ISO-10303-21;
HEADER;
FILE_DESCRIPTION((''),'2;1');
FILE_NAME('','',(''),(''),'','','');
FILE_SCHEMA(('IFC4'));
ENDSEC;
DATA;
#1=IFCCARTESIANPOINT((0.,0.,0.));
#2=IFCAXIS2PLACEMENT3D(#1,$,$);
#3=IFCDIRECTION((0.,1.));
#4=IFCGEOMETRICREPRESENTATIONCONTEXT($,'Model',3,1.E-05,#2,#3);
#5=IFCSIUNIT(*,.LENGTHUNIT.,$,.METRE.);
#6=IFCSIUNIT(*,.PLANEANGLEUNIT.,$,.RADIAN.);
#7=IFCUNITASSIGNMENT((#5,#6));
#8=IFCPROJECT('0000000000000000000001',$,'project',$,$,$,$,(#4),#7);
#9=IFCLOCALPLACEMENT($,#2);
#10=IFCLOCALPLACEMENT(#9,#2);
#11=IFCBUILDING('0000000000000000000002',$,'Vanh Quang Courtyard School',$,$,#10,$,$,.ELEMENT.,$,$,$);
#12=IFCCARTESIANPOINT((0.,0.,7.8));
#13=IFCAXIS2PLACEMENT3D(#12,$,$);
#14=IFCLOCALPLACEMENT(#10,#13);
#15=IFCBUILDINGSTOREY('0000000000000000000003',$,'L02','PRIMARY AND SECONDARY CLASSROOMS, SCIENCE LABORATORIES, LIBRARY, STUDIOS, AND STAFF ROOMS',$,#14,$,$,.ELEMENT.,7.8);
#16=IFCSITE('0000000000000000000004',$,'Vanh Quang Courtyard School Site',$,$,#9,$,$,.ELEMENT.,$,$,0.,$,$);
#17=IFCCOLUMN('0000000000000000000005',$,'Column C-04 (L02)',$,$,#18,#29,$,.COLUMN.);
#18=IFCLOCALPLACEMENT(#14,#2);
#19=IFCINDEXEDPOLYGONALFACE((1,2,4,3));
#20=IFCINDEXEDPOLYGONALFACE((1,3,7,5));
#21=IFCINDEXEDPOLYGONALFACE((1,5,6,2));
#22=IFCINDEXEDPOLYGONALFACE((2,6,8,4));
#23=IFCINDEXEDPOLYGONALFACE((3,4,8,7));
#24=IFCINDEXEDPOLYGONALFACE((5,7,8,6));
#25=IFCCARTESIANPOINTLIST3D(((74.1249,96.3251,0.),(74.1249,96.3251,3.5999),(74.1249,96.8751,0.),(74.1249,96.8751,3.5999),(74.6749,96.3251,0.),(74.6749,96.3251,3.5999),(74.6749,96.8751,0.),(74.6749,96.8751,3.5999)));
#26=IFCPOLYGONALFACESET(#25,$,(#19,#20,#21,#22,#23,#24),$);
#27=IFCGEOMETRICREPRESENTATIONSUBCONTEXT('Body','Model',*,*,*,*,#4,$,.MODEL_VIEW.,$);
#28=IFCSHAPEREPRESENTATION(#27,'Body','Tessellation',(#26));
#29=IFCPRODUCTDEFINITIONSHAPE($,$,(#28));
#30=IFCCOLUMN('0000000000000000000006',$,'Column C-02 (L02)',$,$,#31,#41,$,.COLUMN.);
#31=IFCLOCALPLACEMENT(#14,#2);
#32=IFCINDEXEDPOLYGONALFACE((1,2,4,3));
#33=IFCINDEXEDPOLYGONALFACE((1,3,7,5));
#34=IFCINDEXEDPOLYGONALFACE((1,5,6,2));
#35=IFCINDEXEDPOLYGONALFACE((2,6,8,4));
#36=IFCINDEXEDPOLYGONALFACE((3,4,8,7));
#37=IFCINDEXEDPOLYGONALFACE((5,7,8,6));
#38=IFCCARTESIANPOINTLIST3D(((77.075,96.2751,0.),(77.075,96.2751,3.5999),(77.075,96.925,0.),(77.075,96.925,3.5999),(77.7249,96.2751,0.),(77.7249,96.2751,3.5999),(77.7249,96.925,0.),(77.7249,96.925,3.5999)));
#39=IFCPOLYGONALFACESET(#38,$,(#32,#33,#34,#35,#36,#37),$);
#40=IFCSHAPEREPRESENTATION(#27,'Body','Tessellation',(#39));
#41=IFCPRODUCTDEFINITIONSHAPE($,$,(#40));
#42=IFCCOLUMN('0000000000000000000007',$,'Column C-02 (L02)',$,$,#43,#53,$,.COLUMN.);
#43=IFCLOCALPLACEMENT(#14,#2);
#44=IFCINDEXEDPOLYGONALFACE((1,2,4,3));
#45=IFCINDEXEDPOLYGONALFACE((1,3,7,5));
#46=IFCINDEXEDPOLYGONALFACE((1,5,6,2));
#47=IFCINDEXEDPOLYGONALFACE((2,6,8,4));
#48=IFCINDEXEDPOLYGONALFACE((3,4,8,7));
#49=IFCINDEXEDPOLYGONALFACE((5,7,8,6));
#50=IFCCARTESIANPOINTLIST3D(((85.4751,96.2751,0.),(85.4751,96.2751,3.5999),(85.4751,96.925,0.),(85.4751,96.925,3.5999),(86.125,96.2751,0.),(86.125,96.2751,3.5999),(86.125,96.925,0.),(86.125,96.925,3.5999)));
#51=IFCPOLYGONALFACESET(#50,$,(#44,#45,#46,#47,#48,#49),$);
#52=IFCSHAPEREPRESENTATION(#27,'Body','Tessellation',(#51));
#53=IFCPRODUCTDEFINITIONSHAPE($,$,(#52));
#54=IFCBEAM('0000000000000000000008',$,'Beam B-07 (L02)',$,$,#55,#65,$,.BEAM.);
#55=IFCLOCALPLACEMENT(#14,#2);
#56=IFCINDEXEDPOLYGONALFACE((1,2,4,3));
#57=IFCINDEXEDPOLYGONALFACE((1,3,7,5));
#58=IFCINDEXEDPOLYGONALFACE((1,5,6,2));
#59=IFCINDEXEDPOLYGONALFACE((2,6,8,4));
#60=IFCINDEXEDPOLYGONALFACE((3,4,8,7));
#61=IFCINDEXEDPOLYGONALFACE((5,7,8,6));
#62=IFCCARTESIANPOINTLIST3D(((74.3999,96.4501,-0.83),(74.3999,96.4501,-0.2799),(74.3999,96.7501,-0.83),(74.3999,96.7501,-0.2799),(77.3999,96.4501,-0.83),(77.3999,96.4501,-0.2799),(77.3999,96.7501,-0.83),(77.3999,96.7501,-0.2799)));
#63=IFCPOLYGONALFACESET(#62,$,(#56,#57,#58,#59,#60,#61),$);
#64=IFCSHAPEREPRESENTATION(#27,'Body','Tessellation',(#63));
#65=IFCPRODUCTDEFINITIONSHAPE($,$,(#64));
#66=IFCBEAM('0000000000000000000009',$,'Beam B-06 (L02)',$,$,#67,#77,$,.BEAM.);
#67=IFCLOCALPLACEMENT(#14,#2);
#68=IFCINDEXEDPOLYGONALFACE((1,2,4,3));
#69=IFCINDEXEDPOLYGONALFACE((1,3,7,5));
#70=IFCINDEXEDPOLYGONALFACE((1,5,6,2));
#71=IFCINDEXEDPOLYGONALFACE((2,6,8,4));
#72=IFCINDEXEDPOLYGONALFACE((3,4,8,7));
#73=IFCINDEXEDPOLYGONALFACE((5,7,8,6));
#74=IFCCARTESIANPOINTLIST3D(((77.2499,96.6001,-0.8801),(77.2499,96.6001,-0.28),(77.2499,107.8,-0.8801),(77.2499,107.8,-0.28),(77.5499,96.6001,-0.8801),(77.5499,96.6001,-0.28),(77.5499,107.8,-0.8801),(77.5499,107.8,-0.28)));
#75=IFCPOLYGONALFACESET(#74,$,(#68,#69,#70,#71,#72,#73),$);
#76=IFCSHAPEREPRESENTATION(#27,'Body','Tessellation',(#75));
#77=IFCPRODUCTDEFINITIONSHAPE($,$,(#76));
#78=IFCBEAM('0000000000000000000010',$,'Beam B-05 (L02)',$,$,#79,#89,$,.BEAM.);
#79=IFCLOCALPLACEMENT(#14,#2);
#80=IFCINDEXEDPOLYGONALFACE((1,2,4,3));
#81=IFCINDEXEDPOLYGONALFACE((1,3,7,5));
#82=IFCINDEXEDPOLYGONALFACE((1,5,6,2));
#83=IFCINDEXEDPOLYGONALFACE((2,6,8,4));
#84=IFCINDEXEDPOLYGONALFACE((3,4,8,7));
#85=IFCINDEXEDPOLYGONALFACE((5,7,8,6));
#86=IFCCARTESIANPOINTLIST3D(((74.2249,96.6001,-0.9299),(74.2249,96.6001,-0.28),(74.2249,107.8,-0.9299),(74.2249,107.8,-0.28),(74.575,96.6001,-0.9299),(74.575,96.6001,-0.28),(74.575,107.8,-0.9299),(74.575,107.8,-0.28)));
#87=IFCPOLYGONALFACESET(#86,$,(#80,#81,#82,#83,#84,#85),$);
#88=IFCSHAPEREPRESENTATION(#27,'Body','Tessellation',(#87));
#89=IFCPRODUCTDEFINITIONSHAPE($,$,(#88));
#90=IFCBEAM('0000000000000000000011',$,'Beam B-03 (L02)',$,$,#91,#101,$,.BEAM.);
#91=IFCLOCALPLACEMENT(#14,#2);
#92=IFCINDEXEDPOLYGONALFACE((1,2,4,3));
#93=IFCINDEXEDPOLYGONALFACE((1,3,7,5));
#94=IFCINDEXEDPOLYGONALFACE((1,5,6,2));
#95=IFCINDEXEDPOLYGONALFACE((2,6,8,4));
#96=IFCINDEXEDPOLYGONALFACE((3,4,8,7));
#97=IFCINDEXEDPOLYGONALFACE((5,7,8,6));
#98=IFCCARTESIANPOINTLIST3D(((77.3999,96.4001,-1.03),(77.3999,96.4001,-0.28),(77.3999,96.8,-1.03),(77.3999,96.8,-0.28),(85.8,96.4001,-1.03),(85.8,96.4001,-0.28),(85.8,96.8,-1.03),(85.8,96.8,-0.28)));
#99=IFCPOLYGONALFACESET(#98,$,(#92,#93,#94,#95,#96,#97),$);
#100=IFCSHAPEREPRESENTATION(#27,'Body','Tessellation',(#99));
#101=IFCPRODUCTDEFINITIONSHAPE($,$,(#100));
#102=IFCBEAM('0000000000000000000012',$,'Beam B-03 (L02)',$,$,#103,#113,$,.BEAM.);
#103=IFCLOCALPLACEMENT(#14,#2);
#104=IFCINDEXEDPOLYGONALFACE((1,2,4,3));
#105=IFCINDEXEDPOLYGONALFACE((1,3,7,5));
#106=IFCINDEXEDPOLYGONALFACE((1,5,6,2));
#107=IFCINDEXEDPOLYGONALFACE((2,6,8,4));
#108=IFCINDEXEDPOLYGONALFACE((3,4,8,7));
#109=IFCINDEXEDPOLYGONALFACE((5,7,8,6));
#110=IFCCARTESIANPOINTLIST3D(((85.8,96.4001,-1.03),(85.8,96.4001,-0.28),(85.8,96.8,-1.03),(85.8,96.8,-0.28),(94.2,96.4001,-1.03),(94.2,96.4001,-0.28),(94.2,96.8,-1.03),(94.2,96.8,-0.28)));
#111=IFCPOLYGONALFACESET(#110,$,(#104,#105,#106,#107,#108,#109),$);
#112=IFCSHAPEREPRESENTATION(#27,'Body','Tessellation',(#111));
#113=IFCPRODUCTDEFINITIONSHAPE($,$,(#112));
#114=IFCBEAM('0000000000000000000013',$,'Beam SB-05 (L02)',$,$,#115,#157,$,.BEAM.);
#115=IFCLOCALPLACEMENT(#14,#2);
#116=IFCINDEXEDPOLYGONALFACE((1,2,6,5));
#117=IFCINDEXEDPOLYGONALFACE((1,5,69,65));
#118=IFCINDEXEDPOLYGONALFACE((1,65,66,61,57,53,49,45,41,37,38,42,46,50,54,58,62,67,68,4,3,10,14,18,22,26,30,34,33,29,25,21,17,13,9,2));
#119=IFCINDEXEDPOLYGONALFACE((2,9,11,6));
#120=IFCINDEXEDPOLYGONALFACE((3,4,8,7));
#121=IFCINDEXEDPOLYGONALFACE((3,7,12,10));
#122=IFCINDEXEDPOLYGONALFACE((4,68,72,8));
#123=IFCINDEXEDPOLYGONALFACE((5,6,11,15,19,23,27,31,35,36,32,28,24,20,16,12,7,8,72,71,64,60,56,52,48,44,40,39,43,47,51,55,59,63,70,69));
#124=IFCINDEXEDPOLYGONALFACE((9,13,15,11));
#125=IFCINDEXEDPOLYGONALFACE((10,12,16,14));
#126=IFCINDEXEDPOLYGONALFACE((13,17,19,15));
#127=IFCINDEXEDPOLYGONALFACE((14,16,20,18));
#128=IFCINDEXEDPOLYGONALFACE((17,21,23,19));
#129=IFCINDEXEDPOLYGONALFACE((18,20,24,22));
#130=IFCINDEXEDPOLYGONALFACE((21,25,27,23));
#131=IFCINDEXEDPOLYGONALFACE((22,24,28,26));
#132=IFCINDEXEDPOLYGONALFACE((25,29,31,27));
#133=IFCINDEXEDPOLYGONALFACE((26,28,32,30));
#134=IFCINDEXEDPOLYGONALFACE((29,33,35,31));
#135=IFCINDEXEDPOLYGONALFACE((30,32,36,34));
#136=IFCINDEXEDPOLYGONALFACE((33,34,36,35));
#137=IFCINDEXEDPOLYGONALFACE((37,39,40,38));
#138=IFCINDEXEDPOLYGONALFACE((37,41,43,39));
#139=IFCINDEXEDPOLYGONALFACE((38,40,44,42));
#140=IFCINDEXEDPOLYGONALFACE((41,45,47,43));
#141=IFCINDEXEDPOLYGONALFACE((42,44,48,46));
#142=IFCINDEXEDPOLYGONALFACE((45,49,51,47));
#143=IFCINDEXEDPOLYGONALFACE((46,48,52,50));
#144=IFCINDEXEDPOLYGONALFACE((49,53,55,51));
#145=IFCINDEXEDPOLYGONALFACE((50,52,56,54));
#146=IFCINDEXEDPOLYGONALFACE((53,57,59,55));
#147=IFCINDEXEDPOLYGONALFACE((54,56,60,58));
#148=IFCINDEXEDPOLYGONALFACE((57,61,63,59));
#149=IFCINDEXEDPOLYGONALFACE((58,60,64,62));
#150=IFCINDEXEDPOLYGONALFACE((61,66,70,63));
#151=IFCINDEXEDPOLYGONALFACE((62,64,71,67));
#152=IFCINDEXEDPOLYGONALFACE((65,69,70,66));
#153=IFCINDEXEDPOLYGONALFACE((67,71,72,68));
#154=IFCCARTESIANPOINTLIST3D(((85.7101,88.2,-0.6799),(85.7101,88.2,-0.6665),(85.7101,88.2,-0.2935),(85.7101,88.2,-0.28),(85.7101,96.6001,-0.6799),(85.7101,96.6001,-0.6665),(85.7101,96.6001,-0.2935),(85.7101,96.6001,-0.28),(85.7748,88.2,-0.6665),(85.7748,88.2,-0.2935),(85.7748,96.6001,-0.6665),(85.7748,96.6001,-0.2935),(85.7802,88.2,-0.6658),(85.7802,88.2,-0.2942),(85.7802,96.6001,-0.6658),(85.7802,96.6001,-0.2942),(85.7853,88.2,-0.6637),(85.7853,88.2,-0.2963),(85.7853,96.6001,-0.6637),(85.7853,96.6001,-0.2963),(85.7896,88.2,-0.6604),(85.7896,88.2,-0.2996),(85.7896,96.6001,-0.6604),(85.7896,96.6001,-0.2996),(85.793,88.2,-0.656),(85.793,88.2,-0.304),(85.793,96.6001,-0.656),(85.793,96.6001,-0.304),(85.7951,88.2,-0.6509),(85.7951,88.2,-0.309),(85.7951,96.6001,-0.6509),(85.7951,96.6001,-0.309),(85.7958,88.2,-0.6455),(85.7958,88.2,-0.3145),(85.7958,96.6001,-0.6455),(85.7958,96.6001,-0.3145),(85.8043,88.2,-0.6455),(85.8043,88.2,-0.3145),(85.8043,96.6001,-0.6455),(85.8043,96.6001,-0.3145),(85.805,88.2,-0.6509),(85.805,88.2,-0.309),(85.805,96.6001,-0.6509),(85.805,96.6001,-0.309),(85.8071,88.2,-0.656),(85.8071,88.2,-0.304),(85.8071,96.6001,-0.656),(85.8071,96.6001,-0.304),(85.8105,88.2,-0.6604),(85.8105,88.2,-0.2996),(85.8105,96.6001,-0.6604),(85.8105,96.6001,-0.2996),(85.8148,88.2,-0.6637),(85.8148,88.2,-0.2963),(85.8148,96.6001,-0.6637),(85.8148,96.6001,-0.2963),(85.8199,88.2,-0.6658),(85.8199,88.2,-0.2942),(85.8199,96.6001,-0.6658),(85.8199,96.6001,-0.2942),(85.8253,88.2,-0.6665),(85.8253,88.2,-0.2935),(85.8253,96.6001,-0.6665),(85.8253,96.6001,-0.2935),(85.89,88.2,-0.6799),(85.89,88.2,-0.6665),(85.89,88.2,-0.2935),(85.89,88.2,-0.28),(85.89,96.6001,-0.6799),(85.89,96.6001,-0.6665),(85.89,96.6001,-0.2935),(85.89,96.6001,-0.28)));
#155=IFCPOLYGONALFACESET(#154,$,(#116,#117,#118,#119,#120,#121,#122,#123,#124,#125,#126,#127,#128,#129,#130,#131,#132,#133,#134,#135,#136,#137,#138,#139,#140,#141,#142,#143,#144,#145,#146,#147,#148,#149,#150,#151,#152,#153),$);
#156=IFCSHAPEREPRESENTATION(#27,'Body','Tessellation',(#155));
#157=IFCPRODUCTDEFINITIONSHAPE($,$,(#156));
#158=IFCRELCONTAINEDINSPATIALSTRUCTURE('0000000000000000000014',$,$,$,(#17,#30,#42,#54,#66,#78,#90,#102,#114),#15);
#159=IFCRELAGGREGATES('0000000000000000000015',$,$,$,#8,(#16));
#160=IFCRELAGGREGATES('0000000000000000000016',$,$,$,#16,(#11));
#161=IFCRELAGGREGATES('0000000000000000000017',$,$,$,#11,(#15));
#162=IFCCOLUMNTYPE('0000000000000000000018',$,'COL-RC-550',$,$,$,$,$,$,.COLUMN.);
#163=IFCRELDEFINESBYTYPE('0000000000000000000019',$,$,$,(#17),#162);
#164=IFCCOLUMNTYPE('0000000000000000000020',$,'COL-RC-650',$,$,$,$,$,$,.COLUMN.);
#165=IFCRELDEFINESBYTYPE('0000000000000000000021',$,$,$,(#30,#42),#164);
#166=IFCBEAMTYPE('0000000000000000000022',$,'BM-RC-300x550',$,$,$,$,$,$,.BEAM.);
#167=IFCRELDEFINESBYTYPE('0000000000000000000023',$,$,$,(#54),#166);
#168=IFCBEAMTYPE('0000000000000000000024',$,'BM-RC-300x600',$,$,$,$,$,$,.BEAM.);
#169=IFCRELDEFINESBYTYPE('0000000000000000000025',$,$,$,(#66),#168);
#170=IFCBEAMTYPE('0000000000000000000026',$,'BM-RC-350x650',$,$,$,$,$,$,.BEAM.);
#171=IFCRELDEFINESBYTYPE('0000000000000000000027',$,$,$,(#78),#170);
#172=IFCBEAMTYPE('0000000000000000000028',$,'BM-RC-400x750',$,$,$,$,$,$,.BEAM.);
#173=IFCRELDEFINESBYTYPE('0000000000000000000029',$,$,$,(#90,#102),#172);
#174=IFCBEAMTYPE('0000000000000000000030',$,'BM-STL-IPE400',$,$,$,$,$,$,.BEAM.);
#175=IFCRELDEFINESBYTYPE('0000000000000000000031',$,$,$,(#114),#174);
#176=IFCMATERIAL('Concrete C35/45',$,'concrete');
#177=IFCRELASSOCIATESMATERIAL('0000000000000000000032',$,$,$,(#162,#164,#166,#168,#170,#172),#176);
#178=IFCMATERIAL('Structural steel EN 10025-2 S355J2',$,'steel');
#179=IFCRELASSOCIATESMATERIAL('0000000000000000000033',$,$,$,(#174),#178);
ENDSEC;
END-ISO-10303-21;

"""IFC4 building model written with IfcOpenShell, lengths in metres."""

from ifc_helpers import new_model, si_unit, direction, frame, origin, origin_2d, place, context, subcontext, project, spatial, rectangle, i_section, extrude, material, material_profile, profile_set, type_object, element, save


model = new_model("IFC4")

# Units and contexts
model_context = context("Model", 3, precision=1e-05, world=origin(), true_north=direction((0.0, 1.0)))
body_context = subcontext(model_context, "Body", "Model", "MODEL_VIEW")
ifc_project = project(units=[si_unit("LENGTHUNIT", "METRE"), si_unit("PLANEANGLEUNIT", "RADIAN")], contexts=[model_context])

# Site, building, storey
site_placement = place(None, origin())
site = spatial("IfcSite", under=ifc_project, at=site_placement, Name="Vanh Quang Courtyard School Site", CompositionType="ELEMENT", RefElevation=0.0)
building_placement = place(site_placement, origin())
building = spatial("IfcBuilding", under=site, at=building_placement, Name="Vanh Quang Courtyard School", CompositionType="ELEMENT")
storey_placement = place(building_placement, frame((0.0, 0.0, 7.8)))
storey = spatial("IfcBuildingStorey", under=building, at=storey_placement, Name="L02", Description="PRIMARY AND SECONDARY CLASSROOMS, SCIENCE LABORATORIES, LIBRARY, STUDIOS, AND STAFF ROOMS", CompositionType="ELEMENT", Elevation=7.8)

# Columns
ifc_material_1 = material(Name="Concrete C35/45", Category="concrete")
ifc_material_profile_1 = material_profile(ifc_material_1, rectangle(XDim=0.55, YDim=0.55, at=origin_2d()), Name="RC-COL 550x550")
ifc_profile_set_1 = profile_set([ifc_material_profile_1], Name="Concrete C35/45")
column_type_1 = type_object("IfcColumnType", Name="COL-RC-550", PredefinedType="COLUMN", material=ifc_profile_set_1)
column_placement = place(storey_placement, frame((74.3999, 96.6001, 0.0), z_axis=(0.0, 0.0, 1.0), x_axis=(1.0, 0.0, 0.0)))
element("IfcColumn", 1, at=column_placement, inside=storey, type_object=column_type_1, Name="Column C-04 (L02)", PredefinedType="COLUMN", context=body_context, shape_type="SweptSolid", body=[
    extrude(rectangle(XDim=0.55, YDim=0.55, at=origin_2d()), origin(), (0.0, 0.0, 1.0), 3.5999),
])
ifc_material_profile_2 = material_profile(ifc_material_1, rectangle(XDim=0.6499, YDim=0.6499, at=origin_2d()), Name="RC-COL 650x650")
ifc_profile_set_2 = profile_set([ifc_material_profile_2], Name="Concrete C35/45")
column_type_2 = type_object("IfcColumnType", Name="COL-RC-650", PredefinedType="COLUMN", material=ifc_profile_set_2)
for number, where, z_axis, x_axis, name in (
    (2, (77.3999, 96.6001, 0.0), (0.0, 0.0, 1.0), (1.0, 0.0, 0.0), "Column C-02 (L02)"),
    (3, (85.8, 96.6001, 0.0), (0.0, 0.0, 1.0), (1.0, 0.0, 0.0), "Column C-02 (L02)"),
):
    element("IfcColumn", number, at=place(storey_placement, frame(where, z_axis=z_axis, x_axis=x_axis)), inside=storey, type_object=column_type_2, Name=name, PredefinedType="COLUMN", context=body_context, shape_type="SweptSolid", body=[
        extrude(rectangle(XDim=0.6499, YDim=0.6499, at=origin_2d()), origin(), (0.0, 0.0, 1.0), 3.5999),
    ])

# Beams
ifc_material_profile_3 = material_profile(ifc_material_1, rectangle(XDim=0.3, YDim=0.55, at=origin_2d()), Name="RC-BM 300x550")
ifc_profile_set_3 = profile_set([ifc_material_profile_3], Name="Concrete C35/45")
beam_type_1 = type_object("IfcBeamType", Name="BM-RC-300x550", PredefinedType="BEAM", material=ifc_profile_set_3)
beam_1_placement = place(storey_placement, frame((74.3999, 96.6001, -0.5549), z_axis=(1.0, 0.0, 0.0), x_axis=(0.0, 1.0, 0.0)))
element("IfcBeam", 4, at=beam_1_placement, inside=storey, type_object=beam_type_1, Name="Beam B-07 (L02)", PredefinedType="BEAM", context=body_context, shape_type="SweptSolid", body=[
    extrude(rectangle(XDim=0.3, YDim=0.55, at=origin_2d()), origin(), (0.0, 0.0, 1.0), 3.0),
])
ifc_material_profile_4 = material_profile(ifc_material_1, rectangle(XDim=0.3, YDim=0.6001, at=origin_2d()), Name="RC-BM 300x600")
ifc_profile_set_4 = profile_set([ifc_material_profile_4], Name="Concrete C35/45")
beam_type_2 = type_object("IfcBeamType", Name="BM-RC-300x600", PredefinedType="BEAM", material=ifc_profile_set_4)
beam_2_placement = place(storey_placement, frame((77.3999, 96.6001, -0.5801), z_axis=(0.0, 1.0, 0.0), x_axis=(-1.0, 0.0, 0.0)))
element("IfcBeam", 5, at=beam_2_placement, inside=storey, type_object=beam_type_2, Name="Beam B-06 (L02)", PredefinedType="BEAM", context=body_context, shape_type="SweptSolid", body=[
    extrude(rectangle(XDim=0.3, YDim=0.6001, at=origin_2d()), origin(), (0.0, 0.0, 1.0), 11.2),
])
ifc_material_profile_5 = material_profile(ifc_material_1, rectangle(XDim=0.3501, YDim=0.6499, at=origin_2d()), Name="RC-BM 350x650")
ifc_profile_set_5 = profile_set([ifc_material_profile_5], Name="Concrete C35/45")
beam_type_3 = type_object("IfcBeamType", Name="BM-RC-350x650", PredefinedType="BEAM", material=ifc_profile_set_5)
beam_3_placement = place(storey_placement, frame((74.3999, 96.6001, -0.605), z_axis=(0.0, 1.0, 0.0), x_axis=(-1.0, 0.0, 0.0)))
element("IfcBeam", 6, at=beam_3_placement, inside=storey, type_object=beam_type_3, Name="Beam B-05 (L02)", PredefinedType="BEAM", context=body_context, shape_type="SweptSolid", body=[
    extrude(rectangle(XDim=0.3501, YDim=0.6499, at=origin_2d()), origin(), (0.0, 0.0, 1.0), 11.2),
])
ifc_material_profile_6 = material_profile(ifc_material_1, rectangle(XDim=0.3999, YDim=0.75, at=origin_2d()), Name="RC-BM 400x750")
ifc_profile_set_6 = profile_set([ifc_material_profile_6], Name="Concrete C35/45")
beam_type_4 = type_object("IfcBeamType", Name="BM-RC-400x750", PredefinedType="BEAM", material=ifc_profile_set_6)
beam_4_placement = place(storey_placement, frame((77.3999, 96.6001, -0.655), z_axis=(1.0, 0.0, 0.0), x_axis=(0.0, 1.0, 0.0)))
element("IfcBeam", 7, at=beam_4_placement, inside=storey, type_object=beam_type_4, Name="Beam B-03 (L02)", PredefinedType="BEAM", context=body_context, shape_type="SweptSolid", body=[
    extrude(rectangle(XDim=0.3999, YDim=0.75, at=origin_2d()), origin(), (0.0, 0.0, 1.0), 8.4001),
])
beam_5_placement = place(storey_placement, frame((85.8, 96.6001, -0.655), z_axis=(1.0, 0.0, 0.0), x_axis=(0.0, 1.0, 0.0)))
element("IfcBeam", 8, at=beam_5_placement, inside=storey, type_object=beam_type_4, Name="Beam B-03 (L02)", PredefinedType="BEAM", context=body_context, shape_type="SweptSolid", body=[
    extrude(rectangle(XDim=0.3999, YDim=0.75, at=origin_2d()), origin(), (0.0, 0.0, 1.0), 8.3999),
])
ifc_material_2 = material(Name="Structural steel EN 10025-2 S355J2", Category="steel")
ifc_material_profile_7 = material_profile(ifc_material_2, i_section(OverallWidth=0.1799, OverallDepth=0.3999, WebThickness=0.0085, FlangeThickness=0.0134, FilletRadius=0.021, at=origin_2d()), Name="IPE 400")
ifc_profile_set_7 = profile_set([ifc_material_profile_7], Name="Structural steel EN 10025-2 S355J2")
beam_type_5 = type_object("IfcBeamType", Name="BM-STL-IPE400", PredefinedType="BEAM", material=ifc_profile_set_7)
beam_6_placement = place(storey_placement, frame((85.8, 88.2, -0.48), z_axis=(0.0, 1.0, 0.0), x_axis=(-1.0, 0.0, 0.0)))
element("IfcBeam", 9, at=beam_6_placement, inside=storey, type_object=beam_type_5, Name="Beam SB-05 (L02)", PredefinedType="BEAM", context=body_context, shape_type="SweptSolid", body=[
    extrude(i_section(OverallWidth=0.1799, OverallDepth=0.3999, WebThickness=0.0085, FlangeThickness=0.0134, FilletRadius=0.021, at=origin_2d()), origin(), (0.0, 0.0, 1.0), 8.4001),
])

save(model, "model.ifc")
